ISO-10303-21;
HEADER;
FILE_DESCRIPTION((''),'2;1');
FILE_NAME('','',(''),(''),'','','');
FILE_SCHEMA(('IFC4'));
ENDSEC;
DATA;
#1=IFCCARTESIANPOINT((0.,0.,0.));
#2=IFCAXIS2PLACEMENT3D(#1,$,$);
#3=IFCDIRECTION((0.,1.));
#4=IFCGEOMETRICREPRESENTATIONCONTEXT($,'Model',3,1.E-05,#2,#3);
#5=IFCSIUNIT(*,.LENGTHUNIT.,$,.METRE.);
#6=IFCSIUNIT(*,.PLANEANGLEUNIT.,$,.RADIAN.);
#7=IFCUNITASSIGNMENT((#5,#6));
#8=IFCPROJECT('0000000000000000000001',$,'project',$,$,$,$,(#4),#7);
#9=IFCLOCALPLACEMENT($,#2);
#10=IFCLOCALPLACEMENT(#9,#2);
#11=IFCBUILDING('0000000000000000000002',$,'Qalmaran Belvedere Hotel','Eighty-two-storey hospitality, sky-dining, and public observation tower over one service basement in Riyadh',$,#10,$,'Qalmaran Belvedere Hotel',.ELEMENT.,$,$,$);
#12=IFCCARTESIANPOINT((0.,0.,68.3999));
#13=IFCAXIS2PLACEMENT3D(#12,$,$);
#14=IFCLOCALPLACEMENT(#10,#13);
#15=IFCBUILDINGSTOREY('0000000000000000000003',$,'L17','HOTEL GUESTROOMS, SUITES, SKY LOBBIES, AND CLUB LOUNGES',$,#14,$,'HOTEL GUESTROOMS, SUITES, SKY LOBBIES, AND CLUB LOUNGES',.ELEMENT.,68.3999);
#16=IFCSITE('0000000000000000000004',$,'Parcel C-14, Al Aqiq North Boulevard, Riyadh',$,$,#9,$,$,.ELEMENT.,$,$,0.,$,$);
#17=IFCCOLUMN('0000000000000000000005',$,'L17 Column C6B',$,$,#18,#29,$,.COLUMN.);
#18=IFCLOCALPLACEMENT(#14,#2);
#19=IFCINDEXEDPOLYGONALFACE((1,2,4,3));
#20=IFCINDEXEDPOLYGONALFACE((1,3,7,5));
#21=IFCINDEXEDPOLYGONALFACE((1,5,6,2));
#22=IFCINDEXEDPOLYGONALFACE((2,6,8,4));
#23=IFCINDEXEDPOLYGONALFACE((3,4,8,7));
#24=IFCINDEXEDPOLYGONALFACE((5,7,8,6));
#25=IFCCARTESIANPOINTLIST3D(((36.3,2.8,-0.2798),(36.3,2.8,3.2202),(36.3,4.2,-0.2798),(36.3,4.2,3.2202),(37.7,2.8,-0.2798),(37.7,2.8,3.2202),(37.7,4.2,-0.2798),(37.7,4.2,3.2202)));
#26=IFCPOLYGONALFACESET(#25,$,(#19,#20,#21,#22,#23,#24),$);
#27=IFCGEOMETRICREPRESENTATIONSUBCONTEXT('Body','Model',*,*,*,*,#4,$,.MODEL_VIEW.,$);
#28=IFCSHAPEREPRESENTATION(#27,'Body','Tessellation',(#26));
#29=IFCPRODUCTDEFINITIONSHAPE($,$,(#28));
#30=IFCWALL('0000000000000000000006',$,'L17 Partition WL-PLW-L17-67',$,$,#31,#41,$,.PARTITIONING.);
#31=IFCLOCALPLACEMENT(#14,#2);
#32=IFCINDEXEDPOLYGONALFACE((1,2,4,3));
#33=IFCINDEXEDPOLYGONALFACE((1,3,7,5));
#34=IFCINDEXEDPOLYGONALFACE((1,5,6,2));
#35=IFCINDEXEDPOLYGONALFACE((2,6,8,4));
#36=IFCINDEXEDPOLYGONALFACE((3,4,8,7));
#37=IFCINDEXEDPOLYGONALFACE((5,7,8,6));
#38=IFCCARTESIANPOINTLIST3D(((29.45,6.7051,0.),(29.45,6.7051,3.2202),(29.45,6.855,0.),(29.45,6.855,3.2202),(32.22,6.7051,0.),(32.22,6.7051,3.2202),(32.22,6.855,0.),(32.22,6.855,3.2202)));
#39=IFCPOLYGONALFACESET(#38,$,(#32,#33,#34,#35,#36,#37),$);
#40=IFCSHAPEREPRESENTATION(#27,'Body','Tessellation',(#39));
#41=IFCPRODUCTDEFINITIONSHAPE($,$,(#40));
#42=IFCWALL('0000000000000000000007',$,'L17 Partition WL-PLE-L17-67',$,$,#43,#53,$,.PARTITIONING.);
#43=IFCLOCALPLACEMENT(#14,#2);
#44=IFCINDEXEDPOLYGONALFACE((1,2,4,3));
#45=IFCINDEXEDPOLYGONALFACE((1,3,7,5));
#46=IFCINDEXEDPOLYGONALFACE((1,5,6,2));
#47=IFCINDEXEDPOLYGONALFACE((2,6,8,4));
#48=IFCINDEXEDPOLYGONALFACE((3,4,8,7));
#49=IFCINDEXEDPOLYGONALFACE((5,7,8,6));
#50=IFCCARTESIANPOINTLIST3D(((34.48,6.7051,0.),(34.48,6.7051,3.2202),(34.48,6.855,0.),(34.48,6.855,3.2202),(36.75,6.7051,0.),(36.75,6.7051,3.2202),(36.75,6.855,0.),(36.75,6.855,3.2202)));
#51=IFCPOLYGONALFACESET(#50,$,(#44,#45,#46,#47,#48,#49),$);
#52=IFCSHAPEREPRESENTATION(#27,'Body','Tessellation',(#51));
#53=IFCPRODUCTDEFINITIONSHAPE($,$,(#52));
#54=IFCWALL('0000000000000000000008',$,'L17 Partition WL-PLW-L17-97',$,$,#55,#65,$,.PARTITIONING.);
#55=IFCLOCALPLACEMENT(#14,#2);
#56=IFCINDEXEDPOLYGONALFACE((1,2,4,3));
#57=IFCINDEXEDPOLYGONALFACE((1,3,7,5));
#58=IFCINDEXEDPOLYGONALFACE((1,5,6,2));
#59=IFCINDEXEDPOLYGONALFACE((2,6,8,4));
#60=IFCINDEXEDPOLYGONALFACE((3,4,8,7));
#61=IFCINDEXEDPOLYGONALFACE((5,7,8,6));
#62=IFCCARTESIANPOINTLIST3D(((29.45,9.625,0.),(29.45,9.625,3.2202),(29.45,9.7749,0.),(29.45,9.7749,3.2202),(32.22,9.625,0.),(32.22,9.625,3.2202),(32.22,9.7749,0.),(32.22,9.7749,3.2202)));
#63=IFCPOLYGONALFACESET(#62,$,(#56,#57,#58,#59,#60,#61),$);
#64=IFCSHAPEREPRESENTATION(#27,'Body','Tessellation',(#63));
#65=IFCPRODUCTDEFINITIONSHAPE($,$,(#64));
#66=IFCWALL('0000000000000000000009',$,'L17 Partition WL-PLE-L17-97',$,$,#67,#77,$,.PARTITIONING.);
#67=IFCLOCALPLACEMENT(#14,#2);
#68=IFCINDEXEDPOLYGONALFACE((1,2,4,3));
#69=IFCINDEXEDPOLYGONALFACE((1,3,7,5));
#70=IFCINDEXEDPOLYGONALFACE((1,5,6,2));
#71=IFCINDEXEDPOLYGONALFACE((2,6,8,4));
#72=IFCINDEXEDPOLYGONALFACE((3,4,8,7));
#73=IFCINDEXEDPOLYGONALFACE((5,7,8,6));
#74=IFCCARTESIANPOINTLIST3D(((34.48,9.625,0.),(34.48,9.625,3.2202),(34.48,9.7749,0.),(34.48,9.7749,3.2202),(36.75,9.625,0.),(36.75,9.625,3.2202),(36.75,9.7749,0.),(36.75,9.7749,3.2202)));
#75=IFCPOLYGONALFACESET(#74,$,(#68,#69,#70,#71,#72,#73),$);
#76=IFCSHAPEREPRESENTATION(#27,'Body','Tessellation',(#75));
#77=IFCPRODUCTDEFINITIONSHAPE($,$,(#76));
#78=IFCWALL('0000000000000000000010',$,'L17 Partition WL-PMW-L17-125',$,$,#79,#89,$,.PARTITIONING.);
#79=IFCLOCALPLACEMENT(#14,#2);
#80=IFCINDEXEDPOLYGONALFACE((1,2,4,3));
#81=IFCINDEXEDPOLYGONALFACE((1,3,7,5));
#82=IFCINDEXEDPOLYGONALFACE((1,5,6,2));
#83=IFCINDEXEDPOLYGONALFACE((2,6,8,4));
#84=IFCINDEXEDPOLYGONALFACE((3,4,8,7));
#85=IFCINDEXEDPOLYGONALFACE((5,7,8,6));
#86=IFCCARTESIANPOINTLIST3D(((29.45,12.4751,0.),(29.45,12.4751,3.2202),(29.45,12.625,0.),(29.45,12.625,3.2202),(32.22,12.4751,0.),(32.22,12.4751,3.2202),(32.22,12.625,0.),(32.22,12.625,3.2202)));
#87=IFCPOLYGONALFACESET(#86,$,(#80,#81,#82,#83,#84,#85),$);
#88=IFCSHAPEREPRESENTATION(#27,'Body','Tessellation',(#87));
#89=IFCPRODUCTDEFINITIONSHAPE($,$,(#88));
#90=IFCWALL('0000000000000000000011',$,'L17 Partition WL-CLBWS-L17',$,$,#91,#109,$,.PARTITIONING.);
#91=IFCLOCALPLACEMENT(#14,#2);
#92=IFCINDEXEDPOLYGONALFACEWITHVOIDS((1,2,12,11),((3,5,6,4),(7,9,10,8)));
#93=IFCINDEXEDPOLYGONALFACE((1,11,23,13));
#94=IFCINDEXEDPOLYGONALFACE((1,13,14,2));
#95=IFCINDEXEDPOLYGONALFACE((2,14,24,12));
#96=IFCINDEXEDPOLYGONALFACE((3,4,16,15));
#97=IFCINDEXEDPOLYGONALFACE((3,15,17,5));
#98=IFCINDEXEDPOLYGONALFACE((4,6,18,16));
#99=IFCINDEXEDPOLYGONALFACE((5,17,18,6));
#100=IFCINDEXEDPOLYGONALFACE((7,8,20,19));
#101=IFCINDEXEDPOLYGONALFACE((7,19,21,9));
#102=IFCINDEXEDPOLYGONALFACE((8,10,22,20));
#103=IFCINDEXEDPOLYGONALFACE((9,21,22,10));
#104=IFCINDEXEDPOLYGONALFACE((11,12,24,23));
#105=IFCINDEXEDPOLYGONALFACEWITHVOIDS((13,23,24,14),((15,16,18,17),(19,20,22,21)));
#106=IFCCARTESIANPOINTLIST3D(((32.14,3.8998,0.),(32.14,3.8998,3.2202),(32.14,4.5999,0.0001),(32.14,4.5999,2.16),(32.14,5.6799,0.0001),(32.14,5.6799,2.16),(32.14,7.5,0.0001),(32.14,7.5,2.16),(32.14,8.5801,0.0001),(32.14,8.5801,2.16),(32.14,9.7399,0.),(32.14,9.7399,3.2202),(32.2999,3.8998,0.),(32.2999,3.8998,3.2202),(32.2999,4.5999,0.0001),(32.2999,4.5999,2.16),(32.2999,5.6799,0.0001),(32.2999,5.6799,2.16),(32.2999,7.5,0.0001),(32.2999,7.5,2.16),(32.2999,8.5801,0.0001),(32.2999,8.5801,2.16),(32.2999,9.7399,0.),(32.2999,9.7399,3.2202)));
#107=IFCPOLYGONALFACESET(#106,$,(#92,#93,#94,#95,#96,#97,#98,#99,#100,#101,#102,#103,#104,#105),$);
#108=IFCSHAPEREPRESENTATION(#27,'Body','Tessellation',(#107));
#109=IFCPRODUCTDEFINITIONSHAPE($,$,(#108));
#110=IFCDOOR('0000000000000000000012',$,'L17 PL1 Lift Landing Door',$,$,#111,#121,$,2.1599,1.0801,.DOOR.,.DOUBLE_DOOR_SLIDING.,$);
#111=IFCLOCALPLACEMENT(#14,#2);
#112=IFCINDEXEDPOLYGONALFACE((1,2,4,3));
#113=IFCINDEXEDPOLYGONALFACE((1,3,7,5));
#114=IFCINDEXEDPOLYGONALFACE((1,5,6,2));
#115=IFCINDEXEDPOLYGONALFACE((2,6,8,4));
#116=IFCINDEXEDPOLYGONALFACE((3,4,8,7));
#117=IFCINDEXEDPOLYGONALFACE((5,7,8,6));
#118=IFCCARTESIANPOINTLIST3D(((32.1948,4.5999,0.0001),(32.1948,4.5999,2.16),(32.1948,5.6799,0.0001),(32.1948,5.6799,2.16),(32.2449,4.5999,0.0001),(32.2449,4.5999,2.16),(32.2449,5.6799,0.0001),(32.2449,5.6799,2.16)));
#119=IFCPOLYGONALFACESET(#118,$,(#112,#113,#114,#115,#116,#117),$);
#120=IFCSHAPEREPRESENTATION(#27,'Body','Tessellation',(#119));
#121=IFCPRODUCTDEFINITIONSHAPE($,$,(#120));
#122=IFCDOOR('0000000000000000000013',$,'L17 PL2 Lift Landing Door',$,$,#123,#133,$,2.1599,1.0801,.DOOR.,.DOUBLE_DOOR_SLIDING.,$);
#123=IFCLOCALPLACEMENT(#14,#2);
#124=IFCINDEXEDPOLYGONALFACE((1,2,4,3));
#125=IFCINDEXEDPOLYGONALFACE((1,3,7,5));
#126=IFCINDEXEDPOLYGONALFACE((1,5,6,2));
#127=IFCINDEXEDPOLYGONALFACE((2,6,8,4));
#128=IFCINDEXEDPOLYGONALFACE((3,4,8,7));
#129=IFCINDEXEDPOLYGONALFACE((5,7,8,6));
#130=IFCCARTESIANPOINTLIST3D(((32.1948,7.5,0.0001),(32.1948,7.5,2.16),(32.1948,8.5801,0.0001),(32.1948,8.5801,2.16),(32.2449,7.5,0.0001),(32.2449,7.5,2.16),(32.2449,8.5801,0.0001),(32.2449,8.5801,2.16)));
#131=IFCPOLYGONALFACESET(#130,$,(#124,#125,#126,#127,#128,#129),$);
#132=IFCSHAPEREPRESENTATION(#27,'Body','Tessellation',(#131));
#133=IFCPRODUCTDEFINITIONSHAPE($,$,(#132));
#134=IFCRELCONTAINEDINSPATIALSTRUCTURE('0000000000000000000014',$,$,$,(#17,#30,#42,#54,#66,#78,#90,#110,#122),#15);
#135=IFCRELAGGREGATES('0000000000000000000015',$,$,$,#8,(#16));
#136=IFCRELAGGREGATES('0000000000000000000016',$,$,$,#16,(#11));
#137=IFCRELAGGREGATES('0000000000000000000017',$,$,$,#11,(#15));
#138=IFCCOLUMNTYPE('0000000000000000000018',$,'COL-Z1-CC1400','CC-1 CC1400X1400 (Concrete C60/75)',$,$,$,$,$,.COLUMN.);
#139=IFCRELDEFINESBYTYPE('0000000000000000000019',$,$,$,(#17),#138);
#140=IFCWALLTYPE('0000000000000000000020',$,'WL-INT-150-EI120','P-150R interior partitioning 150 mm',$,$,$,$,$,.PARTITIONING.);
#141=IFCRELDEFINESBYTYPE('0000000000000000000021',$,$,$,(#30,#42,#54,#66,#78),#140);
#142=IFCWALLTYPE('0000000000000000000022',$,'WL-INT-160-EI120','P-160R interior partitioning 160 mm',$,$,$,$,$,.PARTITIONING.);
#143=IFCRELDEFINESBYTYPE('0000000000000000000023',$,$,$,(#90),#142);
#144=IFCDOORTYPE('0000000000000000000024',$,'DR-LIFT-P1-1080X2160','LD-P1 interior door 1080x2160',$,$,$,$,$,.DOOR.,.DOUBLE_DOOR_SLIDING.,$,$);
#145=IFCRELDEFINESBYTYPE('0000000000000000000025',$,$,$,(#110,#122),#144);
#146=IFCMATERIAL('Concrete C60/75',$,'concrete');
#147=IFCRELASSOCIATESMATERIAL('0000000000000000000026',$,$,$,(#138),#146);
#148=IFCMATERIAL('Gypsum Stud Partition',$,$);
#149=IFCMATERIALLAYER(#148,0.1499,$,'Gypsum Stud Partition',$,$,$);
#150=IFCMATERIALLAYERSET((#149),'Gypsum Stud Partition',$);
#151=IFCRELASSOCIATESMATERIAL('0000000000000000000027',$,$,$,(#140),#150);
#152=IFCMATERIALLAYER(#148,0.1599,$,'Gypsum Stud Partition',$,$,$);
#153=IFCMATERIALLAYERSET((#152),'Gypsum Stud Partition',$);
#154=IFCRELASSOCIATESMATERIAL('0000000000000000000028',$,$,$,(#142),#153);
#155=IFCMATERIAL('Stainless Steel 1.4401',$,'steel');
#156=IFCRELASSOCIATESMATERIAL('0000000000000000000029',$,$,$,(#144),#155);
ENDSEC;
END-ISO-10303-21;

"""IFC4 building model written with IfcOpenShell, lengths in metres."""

from ifc_helpers import new_model, si_unit, direction, frame, frame_2d, origin, origin_2d, place, context, subcontext, project, spatial, rectangle, extrude, material, layer, layer_set, material_profile, profile_set, type_object, element, fill, save


model = new_model("IFC4")

# Units and contexts
model_context = context("Model", 3, precision=1e-05, world=origin(), true_north=direction((0.0, 1.0)))
body_context = subcontext(model_context, "Body", "Model", "MODEL_VIEW")
ifc_project = project(units=[si_unit("LENGTHUNIT", "METRE"), si_unit("PLANEANGLEUNIT", "RADIAN")], contexts=[model_context])

# Site, building, storey
site_placement = place(None, origin())
site = spatial("IfcSite", under=ifc_project, at=site_placement, Name="Parcel C-14, Al Aqiq North Boulevard, Riyadh", CompositionType="ELEMENT", RefElevation=0.0)
building_placement = place(site_placement, origin())
building = spatial("IfcBuilding", under=site, at=building_placement, Name="Qalmaran Belvedere Hotel", Description="Eighty-two-storey hospitality, sky-dining, and public observation tower over one service basement in Riyadh", LongName="Qalmaran Belvedere Hotel", CompositionType="ELEMENT")
storey_placement = place(building_placement, frame((0.0, 0.0, 68.3999)))
storey = spatial("IfcBuildingStorey", under=building, at=storey_placement, Name="L17", Description="HOTEL GUESTROOMS, SUITES, SKY LOBBIES, AND CLUB LOUNGES", LongName="HOTEL GUESTROOMS, SUITES, SKY LOBBIES, AND CLUB LOUNGES", CompositionType="ELEMENT", Elevation=68.3999)

# Column
ifc_material_1 = material(Name="Concrete C60/75", Category="concrete")
ifc_material_profile = material_profile(ifc_material_1, rectangle(XDim=1.3999, YDim=1.3999, at=origin_2d()), Name="CC1400X1400")
ifc_profile_set = profile_set([ifc_material_profile], Name="Concrete C60/75")
column_type = type_object("IfcColumnType", Name="COL-Z1-CC1400", Description="CC-1 CC1400X1400 (Concrete C60/75)", PredefinedType="COLUMN", material=ifc_profile_set)
column_placement = place(storey_placement, frame((37.0, 3.5, -0.2798), z_axis=(0.0, 0.0, 1.0), x_axis=(1.0, 0.0, 0.0)))
element("IfcColumn", 1, at=column_placement, inside=storey, type_object=column_type, Name="L17 Column C6B", PredefinedType="COLUMN", context=body_context, shape_type="SweptSolid", body=[
    extrude(rectangle(XDim=1.3999, YDim=1.3999, at=origin_2d()), origin(), (0.0, 0.0, 1.0), 3.5),
])

# Walls
ifc_material_2 = material(Name="Gypsum Stud Partition")
ifc_layer_1 = layer(ifc_material_2, 0.1499, Name="Gypsum Stud Partition")
ifc_layer_set_1 = layer_set([ifc_layer_1], Name="Gypsum Stud Partition")
wall_type_1 = type_object("IfcWallType", Name="WL-INT-150-EI120", Description="P-150R interior partitioning 150 mm", PredefinedType="PARTITIONING", material=ifc_layer_set_1)
wall_1_placement = place(storey_placement, frame((29.45, 6.78, 0.0), z_axis=(0.0, 0.0, 1.0), x_axis=(1.0, 0.0, 0.0)))
element("IfcWall", 2, at=wall_1_placement, inside=storey, type_object=wall_type_1, Name="L17 Partition WL-PLW-L17-67", PredefinedType="PARTITIONING", context=body_context, shape_type="SweptSolid", body=[
    extrude(rectangle(XDim=2.77, YDim=0.1499, at=frame_2d((1.385, 0.0))), origin(), (0.0, 0.0, 1.0), 3.2202),
])
wall_2_placement = place(storey_placement, frame((34.48, 6.78, 0.0), z_axis=(0.0, 0.0, 1.0), x_axis=(1.0, 0.0, 0.0)))
element("IfcWall", 3, at=wall_2_placement, inside=storey, type_object=wall_type_1, Name="L17 Partition WL-PLE-L17-67", PredefinedType="PARTITIONING", context=body_context, shape_type="SweptSolid", body=[
    extrude(rectangle(XDim=2.27, YDim=0.1499, at=frame_2d((1.135, 0.0))), origin(), (0.0, 0.0, 1.0), 3.2202),
])
wall_3_placement = place(storey_placement, frame((29.45, 9.7, 0.0), z_axis=(0.0, 0.0, 1.0), x_axis=(1.0, 0.0, 0.0)))
element("IfcWall", 4, at=wall_3_placement, inside=storey, type_object=wall_type_1, Name="L17 Partition WL-PLW-L17-97", PredefinedType="PARTITIONING", context=body_context, shape_type="SweptSolid", body=[
    extrude(rectangle(XDim=2.77, YDim=0.1499, at=frame_2d((1.385, 0.0))), origin(), (0.0, 0.0, 1.0), 3.2202),
])
wall_4_placement = place(storey_placement, frame((34.48, 9.7, 0.0), z_axis=(0.0, 0.0, 1.0), x_axis=(1.0, 0.0, 0.0)))
element("IfcWall", 5, at=wall_4_placement, inside=storey, type_object=wall_type_1, Name="L17 Partition WL-PLE-L17-97", PredefinedType="PARTITIONING", context=body_context, shape_type="SweptSolid", body=[
    extrude(rectangle(XDim=2.27, YDim=0.1499, at=frame_2d((1.135, 0.0))), origin(), (0.0, 0.0, 1.0), 3.2202),
])
wall_5_placement = place(storey_placement, frame((29.45, 12.55, 0.0), z_axis=(0.0, 0.0, 1.0), x_axis=(1.0, 0.0, 0.0)))
element("IfcWall", 6, at=wall_5_placement, inside=storey, type_object=wall_type_1, Name="L17 Partition WL-PMW-L17-125", PredefinedType="PARTITIONING", context=body_context, shape_type="SweptSolid", body=[
    extrude(rectangle(XDim=2.77, YDim=0.1499, at=frame_2d((1.385, 0.0))), origin(), (0.0, 0.0, 1.0), 3.2202),
])

# Wall, openings, doors
ifc_layer_2 = layer(ifc_material_2, 0.1599, Name="Gypsum Stud Partition")
ifc_layer_set_2 = layer_set([ifc_layer_2], Name="Gypsum Stud Partition")
wall_type_2 = type_object("IfcWallType", Name="WL-INT-160-EI120", Description="P-160R interior partitioning 160 mm", PredefinedType="PARTITIONING", material=ifc_layer_set_2)
wall_6_placement = place(storey_placement, frame((32.22, 3.8999, 0.0), z_axis=(0.0, 0.0, 1.0), x_axis=(0.0, 1.0, 0.0)))
wall_6 = element("IfcWall", 7, at=wall_6_placement, inside=storey, type_object=wall_type_2, Name="L17 Partition WL-CLBWS-L17", PredefinedType="PARTITIONING", context=body_context, shape_type="SweptSolid", body=[
    extrude(rectangle(XDim=5.8401, YDim=0.1599, at=frame_2d((2.9199, 0.0))), origin(), (0.0, 0.0, 1.0), 3.2202),
])
opening_1_placement = place(wall_6_placement, frame((1.78, 0.0, 0.0), z_axis=(0.0, 0.0, 1.0), x_axis=(-1.0, 0.0, 0.0)))
opening_1 = element("IfcOpeningElement", 8, at=opening_1_placement, cuts=wall_6, PredefinedType="OPENING", context=body_context, shape_type="SweptSolid", body=[
    extrude(rectangle(XDim=1.0801, YDim=2.1599, at=frame_2d((0.54, 1.0801))), frame((0.0, 0.0898, 0.0), z_axis=(0.0, -1.0, 0.0), x_axis=(1.0, 0.0, 0.0)), (0.0, 0.0, 1.0), 0.1799),
])
opening_2_placement = place(wall_6_placement, frame((4.6802, 0.0, 0.0), z_axis=(0.0, 0.0, 1.0), x_axis=(-1.0, 0.0, 0.0)))
opening_2 = element("IfcOpeningElement", 9, at=opening_2_placement, cuts=wall_6, PredefinedType="OPENING", context=body_context, shape_type="SweptSolid", body=[
    extrude(rectangle(XDim=1.0801, YDim=2.1599, at=frame_2d((0.54, 1.0801))), frame((0.0, 0.0898, 0.0), z_axis=(0.0, -1.0, 0.0), x_axis=(1.0, 0.0, 0.0)), (0.0, 0.0, 1.0), 0.1799),
])
ifc_material_3 = material(Name="Stainless Steel 1.4401", Category="steel")
door_type_1 = type_object("IfcDoorType", Name="DR-LIFT-P1-1080X2160", Description="LD-P1 interior door 1080x2160", OperationType="DOUBLE_DOOR_SLIDING", PredefinedType="DOOR", material=ifc_material_3)
door_1_placement = place(opening_1_placement, origin())
door_1 = element("IfcDoor", 10, at=door_1_placement, inside=storey, type_object=door_type_1, Name="L17 PL1 Lift Landing Door", OperationType="DOUBLE_DOOR_SLIDING", OverallHeight=2.1599, OverallWidth=1.0801, PredefinedType="DOOR", context=body_context, shape_type="SweptSolid", body=[
    extrude(rectangle(XDim=1.0801, YDim=2.1599, at=frame_2d((0.54, 1.0801))), frame((0.0, 0.0249, 0.0), z_axis=(0.0, -1.0, 0.0), x_axis=(1.0, 0.0, 0.0)), (0.0, 0.0, 1.0), 0.05),
])
fill(opening_1, door_1)
door_2_placement = place(opening_2_placement, origin())
door_2 = element("IfcDoor", 11, at=door_2_placement, inside=storey, type_object=door_type_1, Name="L17 PL2 Lift Landing Door", OperationType="DOUBLE_DOOR_SLIDING", OverallHeight=2.1599, OverallWidth=1.0801, PredefinedType="DOOR", context=body_context, shape_type="SweptSolid", body=[
    extrude(rectangle(XDim=1.0801, YDim=2.1599, at=frame_2d((0.54, 1.0801))), frame((0.0, 0.0249, 0.0), z_axis=(0.0, -1.0, 0.0), x_axis=(1.0, 0.0, 0.0)), (0.0, 0.0, 1.0), 0.05),
])
fill(opening_2, door_2)

save(model, "model.ifc")
